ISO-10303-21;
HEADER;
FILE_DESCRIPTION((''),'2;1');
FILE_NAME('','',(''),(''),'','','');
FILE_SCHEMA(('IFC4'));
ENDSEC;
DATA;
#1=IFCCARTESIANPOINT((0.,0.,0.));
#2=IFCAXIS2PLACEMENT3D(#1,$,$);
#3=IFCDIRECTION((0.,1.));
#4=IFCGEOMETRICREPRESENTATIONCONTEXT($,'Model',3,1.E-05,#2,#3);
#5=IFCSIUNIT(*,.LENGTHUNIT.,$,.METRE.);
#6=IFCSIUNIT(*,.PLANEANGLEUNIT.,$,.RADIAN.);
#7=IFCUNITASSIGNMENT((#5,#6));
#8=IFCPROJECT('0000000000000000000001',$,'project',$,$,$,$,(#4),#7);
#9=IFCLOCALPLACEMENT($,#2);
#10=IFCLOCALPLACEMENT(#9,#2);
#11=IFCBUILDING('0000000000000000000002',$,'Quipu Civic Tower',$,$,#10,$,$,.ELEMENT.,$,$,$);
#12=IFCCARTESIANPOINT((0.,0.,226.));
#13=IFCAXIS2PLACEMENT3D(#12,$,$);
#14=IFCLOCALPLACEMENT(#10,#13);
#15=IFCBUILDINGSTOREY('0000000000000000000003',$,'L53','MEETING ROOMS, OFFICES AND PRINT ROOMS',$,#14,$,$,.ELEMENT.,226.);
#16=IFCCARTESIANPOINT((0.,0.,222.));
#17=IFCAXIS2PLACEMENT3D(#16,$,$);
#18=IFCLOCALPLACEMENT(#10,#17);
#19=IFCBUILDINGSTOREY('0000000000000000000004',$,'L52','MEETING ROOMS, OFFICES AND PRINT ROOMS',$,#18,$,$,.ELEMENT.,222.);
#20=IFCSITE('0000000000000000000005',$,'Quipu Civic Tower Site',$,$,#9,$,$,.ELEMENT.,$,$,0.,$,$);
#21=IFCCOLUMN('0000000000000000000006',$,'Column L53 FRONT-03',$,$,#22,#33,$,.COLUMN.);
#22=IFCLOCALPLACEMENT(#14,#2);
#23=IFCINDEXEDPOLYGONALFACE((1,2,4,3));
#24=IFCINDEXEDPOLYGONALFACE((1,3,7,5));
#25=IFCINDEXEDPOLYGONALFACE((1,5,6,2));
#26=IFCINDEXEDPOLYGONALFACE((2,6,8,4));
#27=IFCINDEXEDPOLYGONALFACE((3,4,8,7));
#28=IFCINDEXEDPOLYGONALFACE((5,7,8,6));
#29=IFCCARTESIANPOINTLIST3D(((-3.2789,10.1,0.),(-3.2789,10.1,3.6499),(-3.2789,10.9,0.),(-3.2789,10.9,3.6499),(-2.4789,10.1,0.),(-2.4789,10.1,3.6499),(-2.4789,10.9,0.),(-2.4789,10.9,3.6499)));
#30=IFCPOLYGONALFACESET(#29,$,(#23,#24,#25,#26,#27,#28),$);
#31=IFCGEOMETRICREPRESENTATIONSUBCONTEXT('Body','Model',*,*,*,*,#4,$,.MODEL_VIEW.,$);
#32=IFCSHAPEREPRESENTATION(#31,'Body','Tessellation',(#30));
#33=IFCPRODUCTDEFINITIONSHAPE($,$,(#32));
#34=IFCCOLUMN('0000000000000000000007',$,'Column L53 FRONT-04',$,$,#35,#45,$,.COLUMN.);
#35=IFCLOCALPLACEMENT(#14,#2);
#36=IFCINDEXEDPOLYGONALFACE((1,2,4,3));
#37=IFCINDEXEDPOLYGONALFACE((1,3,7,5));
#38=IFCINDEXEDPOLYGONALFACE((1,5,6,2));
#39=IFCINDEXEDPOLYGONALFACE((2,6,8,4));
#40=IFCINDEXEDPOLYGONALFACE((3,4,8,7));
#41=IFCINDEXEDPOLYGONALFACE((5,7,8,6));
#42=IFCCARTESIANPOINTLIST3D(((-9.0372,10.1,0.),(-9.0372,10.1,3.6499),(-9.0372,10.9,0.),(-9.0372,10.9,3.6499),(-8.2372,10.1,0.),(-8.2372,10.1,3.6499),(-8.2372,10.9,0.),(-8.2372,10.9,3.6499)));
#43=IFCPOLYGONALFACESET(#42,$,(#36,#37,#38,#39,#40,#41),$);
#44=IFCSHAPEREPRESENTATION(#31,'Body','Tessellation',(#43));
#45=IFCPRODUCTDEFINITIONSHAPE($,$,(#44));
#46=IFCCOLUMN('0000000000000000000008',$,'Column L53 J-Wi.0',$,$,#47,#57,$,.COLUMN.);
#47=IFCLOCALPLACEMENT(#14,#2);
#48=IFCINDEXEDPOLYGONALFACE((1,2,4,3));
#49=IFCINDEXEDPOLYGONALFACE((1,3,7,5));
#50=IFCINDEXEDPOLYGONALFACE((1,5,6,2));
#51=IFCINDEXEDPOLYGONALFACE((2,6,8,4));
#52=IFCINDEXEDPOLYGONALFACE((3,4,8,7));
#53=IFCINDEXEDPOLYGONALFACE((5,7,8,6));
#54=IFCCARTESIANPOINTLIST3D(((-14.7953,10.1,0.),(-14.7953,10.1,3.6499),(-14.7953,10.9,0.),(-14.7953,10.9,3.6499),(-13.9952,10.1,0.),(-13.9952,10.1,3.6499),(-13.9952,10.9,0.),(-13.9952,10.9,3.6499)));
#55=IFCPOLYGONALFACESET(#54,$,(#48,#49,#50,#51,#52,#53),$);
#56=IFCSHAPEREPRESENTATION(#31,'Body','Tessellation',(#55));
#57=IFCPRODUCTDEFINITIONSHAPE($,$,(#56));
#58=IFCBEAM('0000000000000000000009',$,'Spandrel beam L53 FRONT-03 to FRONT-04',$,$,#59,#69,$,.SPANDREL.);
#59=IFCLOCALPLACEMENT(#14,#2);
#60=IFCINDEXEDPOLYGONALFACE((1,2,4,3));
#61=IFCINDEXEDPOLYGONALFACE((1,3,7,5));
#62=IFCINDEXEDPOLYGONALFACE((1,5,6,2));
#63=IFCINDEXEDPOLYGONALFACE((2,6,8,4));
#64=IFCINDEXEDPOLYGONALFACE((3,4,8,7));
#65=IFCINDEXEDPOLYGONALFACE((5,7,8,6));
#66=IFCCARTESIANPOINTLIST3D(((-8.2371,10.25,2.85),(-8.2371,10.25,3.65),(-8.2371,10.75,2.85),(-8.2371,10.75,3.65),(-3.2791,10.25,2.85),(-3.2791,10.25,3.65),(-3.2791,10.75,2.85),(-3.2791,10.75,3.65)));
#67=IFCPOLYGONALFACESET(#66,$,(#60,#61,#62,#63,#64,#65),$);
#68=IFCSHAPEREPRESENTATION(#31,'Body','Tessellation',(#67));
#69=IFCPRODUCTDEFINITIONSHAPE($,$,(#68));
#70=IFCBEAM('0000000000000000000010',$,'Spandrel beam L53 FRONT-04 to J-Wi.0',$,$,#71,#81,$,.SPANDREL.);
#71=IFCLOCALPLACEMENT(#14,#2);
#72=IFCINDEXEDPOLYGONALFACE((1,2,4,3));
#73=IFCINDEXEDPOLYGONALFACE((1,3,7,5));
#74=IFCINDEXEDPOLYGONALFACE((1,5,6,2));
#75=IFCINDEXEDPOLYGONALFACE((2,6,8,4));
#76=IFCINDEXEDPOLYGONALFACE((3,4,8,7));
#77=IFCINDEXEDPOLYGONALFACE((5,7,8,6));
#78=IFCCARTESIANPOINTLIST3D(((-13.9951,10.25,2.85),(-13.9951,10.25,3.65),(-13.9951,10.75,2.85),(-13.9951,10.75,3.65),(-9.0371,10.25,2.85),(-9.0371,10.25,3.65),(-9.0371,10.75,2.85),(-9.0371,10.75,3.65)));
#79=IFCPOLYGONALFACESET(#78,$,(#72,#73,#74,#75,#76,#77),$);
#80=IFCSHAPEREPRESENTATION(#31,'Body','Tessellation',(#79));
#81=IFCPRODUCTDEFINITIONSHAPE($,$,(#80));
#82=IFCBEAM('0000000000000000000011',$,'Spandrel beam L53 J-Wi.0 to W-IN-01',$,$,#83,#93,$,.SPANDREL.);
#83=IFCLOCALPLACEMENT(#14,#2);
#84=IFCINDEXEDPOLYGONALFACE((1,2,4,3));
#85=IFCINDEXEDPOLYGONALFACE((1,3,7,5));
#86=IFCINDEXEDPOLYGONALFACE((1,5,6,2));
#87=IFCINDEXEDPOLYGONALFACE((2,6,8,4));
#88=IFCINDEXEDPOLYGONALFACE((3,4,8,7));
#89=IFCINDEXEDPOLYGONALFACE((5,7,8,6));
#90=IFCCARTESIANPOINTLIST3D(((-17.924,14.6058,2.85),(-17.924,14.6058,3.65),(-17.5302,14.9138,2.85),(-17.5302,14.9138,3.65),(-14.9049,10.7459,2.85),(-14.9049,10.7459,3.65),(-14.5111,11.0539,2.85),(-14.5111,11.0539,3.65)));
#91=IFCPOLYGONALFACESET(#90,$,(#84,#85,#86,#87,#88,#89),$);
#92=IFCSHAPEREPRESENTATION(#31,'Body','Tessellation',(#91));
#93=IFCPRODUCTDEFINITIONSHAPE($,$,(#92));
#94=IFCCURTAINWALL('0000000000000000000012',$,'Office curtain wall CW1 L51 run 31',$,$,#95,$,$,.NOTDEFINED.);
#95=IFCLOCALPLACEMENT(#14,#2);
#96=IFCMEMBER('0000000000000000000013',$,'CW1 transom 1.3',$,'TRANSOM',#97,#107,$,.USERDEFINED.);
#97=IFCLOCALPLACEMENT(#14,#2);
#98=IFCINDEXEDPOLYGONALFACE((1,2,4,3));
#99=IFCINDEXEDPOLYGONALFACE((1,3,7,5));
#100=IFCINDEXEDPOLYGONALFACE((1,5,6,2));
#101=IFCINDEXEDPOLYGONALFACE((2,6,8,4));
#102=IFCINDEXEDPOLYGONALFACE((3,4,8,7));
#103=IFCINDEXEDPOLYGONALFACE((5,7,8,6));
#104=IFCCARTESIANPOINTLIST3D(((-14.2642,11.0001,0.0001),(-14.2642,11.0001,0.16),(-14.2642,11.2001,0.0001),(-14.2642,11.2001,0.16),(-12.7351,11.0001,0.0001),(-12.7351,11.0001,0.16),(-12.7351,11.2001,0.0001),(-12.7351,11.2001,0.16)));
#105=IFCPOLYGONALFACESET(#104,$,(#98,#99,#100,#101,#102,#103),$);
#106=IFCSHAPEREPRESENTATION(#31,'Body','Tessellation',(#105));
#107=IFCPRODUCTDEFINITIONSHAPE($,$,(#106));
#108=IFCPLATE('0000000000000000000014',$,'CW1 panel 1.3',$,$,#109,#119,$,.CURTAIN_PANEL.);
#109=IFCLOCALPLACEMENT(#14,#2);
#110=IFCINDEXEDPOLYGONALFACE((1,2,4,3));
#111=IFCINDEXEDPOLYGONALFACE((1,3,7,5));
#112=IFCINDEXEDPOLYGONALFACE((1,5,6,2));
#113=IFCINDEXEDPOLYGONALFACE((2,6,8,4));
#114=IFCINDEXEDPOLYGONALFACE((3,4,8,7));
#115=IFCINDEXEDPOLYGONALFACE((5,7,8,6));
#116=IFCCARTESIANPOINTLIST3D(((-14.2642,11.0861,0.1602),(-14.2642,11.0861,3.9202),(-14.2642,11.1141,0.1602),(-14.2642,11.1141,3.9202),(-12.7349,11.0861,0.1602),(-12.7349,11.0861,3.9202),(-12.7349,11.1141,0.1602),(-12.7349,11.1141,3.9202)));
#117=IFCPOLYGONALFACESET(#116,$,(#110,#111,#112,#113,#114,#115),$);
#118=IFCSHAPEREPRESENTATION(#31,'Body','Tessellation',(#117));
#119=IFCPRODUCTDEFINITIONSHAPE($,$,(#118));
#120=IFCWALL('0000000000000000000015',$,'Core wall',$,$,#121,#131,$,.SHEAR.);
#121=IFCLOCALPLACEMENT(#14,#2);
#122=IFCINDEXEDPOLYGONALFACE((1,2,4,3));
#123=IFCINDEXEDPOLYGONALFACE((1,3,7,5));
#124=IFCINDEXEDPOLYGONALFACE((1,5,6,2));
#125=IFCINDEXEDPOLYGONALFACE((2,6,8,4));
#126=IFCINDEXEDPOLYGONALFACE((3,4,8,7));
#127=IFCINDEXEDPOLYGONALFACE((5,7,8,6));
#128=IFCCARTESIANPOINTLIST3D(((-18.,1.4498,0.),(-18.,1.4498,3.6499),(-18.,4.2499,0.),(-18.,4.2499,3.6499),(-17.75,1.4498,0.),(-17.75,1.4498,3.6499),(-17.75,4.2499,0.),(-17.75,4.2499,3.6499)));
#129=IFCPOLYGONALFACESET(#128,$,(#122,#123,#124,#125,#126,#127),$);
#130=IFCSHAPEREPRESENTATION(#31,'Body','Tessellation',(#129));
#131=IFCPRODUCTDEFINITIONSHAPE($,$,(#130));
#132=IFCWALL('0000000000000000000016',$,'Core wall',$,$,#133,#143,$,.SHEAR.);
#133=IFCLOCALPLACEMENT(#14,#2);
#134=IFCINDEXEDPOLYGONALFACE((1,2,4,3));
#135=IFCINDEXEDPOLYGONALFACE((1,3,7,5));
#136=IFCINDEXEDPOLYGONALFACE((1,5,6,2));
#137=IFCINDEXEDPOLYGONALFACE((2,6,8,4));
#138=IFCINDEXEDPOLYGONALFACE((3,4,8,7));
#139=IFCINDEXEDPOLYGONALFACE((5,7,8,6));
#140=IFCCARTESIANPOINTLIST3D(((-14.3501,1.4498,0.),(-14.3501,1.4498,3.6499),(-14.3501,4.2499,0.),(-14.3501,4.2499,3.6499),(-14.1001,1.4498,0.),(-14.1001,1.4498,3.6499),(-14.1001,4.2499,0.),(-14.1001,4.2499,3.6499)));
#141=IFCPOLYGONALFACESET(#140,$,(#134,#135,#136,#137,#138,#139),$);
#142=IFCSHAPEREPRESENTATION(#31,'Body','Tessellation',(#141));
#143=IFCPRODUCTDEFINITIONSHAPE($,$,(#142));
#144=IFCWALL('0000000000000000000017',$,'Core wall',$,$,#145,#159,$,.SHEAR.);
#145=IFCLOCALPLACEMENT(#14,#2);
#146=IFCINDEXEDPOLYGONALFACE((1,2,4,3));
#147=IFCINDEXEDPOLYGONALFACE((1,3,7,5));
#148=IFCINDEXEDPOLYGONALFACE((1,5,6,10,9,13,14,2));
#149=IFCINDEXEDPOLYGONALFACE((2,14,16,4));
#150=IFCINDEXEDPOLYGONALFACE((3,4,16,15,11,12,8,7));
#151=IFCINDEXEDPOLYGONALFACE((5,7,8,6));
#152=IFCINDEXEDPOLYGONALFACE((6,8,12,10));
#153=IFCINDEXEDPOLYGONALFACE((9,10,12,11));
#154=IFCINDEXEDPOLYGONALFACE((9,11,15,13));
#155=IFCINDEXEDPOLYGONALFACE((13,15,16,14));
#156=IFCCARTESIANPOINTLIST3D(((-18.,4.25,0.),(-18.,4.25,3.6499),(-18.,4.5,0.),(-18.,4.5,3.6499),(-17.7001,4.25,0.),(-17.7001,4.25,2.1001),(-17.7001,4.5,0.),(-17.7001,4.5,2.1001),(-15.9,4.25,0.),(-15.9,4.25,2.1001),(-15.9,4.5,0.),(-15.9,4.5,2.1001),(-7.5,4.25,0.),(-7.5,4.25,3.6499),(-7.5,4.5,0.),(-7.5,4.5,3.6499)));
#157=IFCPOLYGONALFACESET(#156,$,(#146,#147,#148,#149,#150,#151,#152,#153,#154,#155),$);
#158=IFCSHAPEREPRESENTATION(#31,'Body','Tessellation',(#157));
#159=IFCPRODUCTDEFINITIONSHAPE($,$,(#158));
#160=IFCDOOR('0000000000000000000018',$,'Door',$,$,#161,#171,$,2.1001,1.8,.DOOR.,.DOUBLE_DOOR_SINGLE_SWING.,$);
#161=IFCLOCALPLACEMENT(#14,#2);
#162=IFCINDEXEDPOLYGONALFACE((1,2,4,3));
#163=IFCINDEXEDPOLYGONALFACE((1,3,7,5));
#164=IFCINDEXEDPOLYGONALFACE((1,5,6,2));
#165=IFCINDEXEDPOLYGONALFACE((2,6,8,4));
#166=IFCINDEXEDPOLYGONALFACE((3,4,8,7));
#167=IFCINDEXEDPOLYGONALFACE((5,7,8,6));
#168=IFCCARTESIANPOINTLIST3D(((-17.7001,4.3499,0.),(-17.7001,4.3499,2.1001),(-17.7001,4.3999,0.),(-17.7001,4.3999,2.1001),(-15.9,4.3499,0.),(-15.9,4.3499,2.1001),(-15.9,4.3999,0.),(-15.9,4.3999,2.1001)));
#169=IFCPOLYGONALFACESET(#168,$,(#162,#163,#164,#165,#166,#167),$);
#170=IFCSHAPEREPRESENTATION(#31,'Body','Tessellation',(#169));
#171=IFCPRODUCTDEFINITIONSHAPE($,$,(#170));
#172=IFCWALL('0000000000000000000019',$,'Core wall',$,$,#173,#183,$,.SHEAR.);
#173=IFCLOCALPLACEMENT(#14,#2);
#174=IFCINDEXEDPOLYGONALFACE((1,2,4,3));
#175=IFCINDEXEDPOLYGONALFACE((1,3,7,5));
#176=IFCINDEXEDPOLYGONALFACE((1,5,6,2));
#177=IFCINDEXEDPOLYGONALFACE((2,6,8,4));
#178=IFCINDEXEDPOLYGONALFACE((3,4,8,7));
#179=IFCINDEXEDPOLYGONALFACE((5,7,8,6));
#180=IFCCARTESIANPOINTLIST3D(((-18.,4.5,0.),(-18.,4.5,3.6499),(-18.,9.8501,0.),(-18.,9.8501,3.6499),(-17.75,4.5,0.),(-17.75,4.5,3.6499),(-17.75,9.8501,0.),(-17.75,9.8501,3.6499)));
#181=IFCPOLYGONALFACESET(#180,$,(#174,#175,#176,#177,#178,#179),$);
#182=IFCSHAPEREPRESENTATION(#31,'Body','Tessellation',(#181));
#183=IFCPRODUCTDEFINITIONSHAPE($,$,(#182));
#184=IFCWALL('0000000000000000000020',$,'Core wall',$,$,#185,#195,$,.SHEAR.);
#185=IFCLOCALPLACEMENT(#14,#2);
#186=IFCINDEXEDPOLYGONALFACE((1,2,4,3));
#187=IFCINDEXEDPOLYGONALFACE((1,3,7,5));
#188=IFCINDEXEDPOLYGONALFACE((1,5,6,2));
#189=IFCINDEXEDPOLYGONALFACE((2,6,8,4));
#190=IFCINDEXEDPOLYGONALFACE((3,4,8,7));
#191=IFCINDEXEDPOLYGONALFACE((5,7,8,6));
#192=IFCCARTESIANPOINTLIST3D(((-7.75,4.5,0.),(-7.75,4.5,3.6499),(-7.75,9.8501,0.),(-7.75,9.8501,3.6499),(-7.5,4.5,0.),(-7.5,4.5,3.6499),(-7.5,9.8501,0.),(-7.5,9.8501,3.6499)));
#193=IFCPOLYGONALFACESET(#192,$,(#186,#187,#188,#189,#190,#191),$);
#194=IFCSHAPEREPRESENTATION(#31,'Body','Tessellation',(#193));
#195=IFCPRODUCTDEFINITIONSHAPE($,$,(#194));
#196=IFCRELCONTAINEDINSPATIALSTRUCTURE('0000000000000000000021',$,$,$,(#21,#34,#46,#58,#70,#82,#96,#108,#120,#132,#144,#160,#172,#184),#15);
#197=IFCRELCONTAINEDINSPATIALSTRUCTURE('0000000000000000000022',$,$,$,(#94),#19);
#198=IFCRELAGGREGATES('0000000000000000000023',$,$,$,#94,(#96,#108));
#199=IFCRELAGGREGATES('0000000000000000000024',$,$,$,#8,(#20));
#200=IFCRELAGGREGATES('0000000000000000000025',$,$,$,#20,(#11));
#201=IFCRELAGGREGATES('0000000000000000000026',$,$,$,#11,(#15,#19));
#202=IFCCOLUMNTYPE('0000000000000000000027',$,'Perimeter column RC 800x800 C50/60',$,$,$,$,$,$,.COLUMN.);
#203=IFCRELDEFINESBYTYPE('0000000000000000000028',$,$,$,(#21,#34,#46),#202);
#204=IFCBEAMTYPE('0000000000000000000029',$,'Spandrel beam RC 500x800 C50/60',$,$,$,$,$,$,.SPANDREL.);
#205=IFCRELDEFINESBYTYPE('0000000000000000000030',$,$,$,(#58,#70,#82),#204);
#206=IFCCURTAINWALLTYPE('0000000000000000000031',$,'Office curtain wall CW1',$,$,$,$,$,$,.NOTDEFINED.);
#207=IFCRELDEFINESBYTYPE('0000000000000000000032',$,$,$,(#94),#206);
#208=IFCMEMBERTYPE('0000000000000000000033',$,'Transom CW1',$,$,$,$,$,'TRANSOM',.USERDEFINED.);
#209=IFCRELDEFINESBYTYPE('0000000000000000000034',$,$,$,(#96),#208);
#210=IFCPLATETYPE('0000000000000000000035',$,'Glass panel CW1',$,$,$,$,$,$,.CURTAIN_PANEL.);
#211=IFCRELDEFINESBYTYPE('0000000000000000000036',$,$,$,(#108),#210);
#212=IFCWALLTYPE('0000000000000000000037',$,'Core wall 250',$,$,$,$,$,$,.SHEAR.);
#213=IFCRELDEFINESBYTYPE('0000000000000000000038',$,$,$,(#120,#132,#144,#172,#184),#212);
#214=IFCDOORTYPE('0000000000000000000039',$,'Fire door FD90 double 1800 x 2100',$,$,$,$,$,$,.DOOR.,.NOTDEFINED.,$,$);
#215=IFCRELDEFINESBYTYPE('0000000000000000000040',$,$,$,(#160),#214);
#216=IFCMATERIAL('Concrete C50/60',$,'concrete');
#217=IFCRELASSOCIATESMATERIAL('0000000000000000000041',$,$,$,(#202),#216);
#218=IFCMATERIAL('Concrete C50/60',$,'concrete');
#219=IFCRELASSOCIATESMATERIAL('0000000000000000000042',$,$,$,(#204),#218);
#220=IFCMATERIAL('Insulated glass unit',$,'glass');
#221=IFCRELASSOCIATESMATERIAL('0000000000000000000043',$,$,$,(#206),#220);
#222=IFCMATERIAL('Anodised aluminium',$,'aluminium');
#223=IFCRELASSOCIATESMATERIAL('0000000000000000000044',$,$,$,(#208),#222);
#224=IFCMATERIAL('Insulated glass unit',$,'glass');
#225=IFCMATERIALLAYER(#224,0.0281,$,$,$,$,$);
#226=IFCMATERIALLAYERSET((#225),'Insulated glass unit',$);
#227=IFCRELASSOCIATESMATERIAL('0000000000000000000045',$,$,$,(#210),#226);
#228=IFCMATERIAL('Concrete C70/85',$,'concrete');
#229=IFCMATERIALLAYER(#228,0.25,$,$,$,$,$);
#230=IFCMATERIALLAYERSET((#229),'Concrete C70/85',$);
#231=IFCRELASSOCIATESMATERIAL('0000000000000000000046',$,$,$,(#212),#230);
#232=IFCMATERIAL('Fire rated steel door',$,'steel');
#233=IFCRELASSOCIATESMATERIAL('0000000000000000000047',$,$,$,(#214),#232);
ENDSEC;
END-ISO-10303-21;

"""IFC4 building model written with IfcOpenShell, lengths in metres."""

from ifc_helpers import new_model, si_unit, direction, frame, frame_2d, origin, origin_2d, place, context, subcontext, project, spatial, rectangle, extrude, material, layer, layer_set, material_profile, profile_set, type_object, element, fill, aggregate, save


model = new_model("IFC4")

# Units and contexts
model_context = context("Model", 3, precision=1e-05, world=origin(), true_north=direction((0.0, 1.0)))
body_context = subcontext(model_context, "Body", "Model", "MODEL_VIEW")
ifc_project = project(units=[si_unit("LENGTHUNIT", "METRE"), si_unit("PLANEANGLEUNIT", "RADIAN")], contexts=[model_context])

# Site, building, storey
site_placement = place(None, origin())
site = spatial("IfcSite", under=ifc_project, at=site_placement, Name="Quipu Civic Tower Site", CompositionType="ELEMENT", RefElevation=0.0)
building_placement = place(site_placement, origin())
building = spatial("IfcBuilding", under=site, at=building_placement, Name="Quipu Civic Tower", CompositionType="ELEMENT")
storey_1_placement = place(building_placement, frame((0.0, 0.0, 226.0)))
storey_1 = spatial("IfcBuildingStorey", under=building, at=storey_1_placement, Name="L53", Description="MEETING ROOMS, OFFICES AND PRINT ROOMS", CompositionType="ELEMENT", Elevation=226.0)

# Columns
ifc_material_1 = material(Name="Concrete C50/60", Category="concrete")
ifc_material_profile_1 = material_profile(ifc_material_1, rectangle(XDim=0.8, YDim=0.8, at=origin_2d()), Name="RC800x800")
ifc_profile_set_1 = profile_set([ifc_material_profile_1], Name="Concrete C50/60")
column_type = type_object("IfcColumnType", Name="Perimeter column RC 800x800 C50/60", PredefinedType="COLUMN", material=ifc_profile_set_1)
for number, where, z_axis, x_axis, name in (
    (1, (-2.8789, 10.5, 0.0), (0.0, 0.0, 1.0), (-1.0, 0.0, 0.0), "Column L53 FRONT-03"),
    (2, (-8.6372, 10.5, 0.0), (0.0, 0.0, 1.0), (-1.0, 0.0, 0.0), "Column L53 FRONT-04"),
    (3, (-14.3953, 10.5, 0.0), (0.0, 0.0, 1.0), (-1.0, 0.0, 0.0), "Column L53 J-Wi.0"),
):
    element("IfcColumn", number, at=place(storey_1_placement, frame(where, z_axis=z_axis, x_axis=x_axis)), inside=storey_1, type_object=column_type, Name=name, PredefinedType="COLUMN", context=body_context, shape_type="SweptSolid", body=[
        extrude(rectangle(XDim=0.8, YDim=0.8, at=origin_2d()), origin(), (0.0, 0.0, 1.0), 3.6499),
    ])

# Beams
ifc_material_2 = material(Name="Concrete C50/60", Category="concrete")
ifc_material_profile_2 = material_profile(ifc_material_2, rectangle(XDim=0.5, YDim=0.8, at=origin_2d()), Name="RC500x800")
ifc_profile_set_2 = profile_set([ifc_material_profile_2], Name="Concrete C50/60")
beam_type = type_object("IfcBeamType", Name="Spandrel beam RC 500x800 C50/60", PredefinedType="SPANDREL", material=ifc_profile_set_2)
for number, where, z_axis, x_axis, name in (
    (4, (-3.2791, 10.5, 3.25), (-1.0, 0.0, 0.0), (0.0, -1.0, 0.0), "Spandrel beam L53 FRONT-03 to FRONT-04"),
    (5, (-9.0371, 10.5, 3.25), (-1.0, 0.0, 0.0), (0.0, -1.0, 0.0), "Spandrel beam L53 FRONT-04 to J-Wi.0"),
):
    element("IfcBeam", number, at=place(storey_1_placement, frame(where, z_axis=z_axis, x_axis=x_axis)), inside=storey_1, type_object=beam_type, Name=name, PredefinedType="SPANDREL", context=body_context, shape_type="SweptSolid", body=[
        extrude(rectangle(XDim=0.5, YDim=0.8, at=origin_2d()), origin(), (0.0, 0.0, 1.0), 4.958),
    ])
beam_placement = place(storey_1_placement, frame((-14.708, 10.8999, 3.25), z_axis=(-0.616091, 0.787675, 0.0), x_axis=(-0.787675, -0.616091, 0.0)))
element("IfcBeam", 6, at=beam_placement, inside=storey_1, type_object=beam_type, Name="Spandrel beam L53 J-Wi.0 to W-IN-01", PredefinedType="SPANDREL", context=body_context, shape_type="SweptSolid", body=[
    extrude(rectangle(XDim=0.5, YDim=0.8, at=origin_2d()), origin(), (0.0, 0.0, 1.0), 4.9004),
])

# Shared definitions
storey_2_placement = place(building_placement, frame((0.0, 0.0, 222.0)))
storey_2 = spatial("IfcBuildingStorey", under=building, at=storey_2_placement, Name="L52", Description="MEETING ROOMS, OFFICES AND PRINT ROOMS", CompositionType="ELEMENT", Elevation=222.0)

# Curtain wall, member, plate
ifc_material_3 = material(Name="Insulated glass unit", Category="glass")
curtain_wall_type = type_object("IfcCurtainWallType", Name="Office curtain wall CW1", PredefinedType="NOTDEFINED", material=ifc_material_3)
curtain_wall_placement = place(storey_2_placement, origin())
curtain_wall = element("IfcCurtainWall", 7, at=curtain_wall_placement, inside=storey_2, type_object=curtain_wall_type, Name="Office curtain wall CW1 L51 run 31", PredefinedType="NOTDEFINED")
ifc_material_4 = material(Name="Anodised aluminium", Category="aluminium")
ifc_material_profile_3 = material_profile(ifc_material_4, rectangle(XDim=0.2, YDim=0.1599, at=origin_2d()), Name="RECT 200x160")
ifc_profile_set_3 = profile_set([ifc_material_profile_3], Name="Anodised aluminium")
member_type = type_object("IfcMemberType", Name="Transom CW1", ElementType="TRANSOM", PredefinedType="USERDEFINED", material=ifc_profile_set_3)
member_placement = place(storey_1_placement, frame((-12.7351, 11.1001, 0.0801), z_axis=(-1.0, 0.0, 0.0), x_axis=(0.0, -1.0, 0.0)))
member = element("IfcMember", 8, at=member_placement, inside=storey_1, type_object=member_type, Name="CW1 transom 1.3", ObjectType="TRANSOM", PredefinedType="USERDEFINED", context=body_context, shape_type="SweptSolid", body=[
    extrude(rectangle(XDim=0.2, YDim=0.1599, at=origin_2d()), origin(), (0.0, 0.0, 1.0), 1.5291),
])
ifc_material_5 = material(Name="Insulated glass unit", Category="glass")
ifc_layer_1 = layer(ifc_material_5, 0.0281)
ifc_layer_set_1 = layer_set([ifc_layer_1], Name="Insulated glass unit")
plate_type = type_object("IfcPlateType", Name="Glass panel CW1", PredefinedType="CURTAIN_PANEL", material=ifc_layer_set_1)
plate_placement = place(storey_1_placement, frame((-13.4995, 11.1001, 0.1602), z_axis=(0.0, 0.0, 1.0), x_axis=(-1.0, 0.0, 0.0)))
plate = element("IfcPlate", 9, at=plate_placement, inside=storey_1, type_object=plate_type, Name="CW1 panel 1.3", PredefinedType="CURTAIN_PANEL", context=body_context, shape_type="SweptSolid", body=[
    extrude(rectangle(XDim=1.5293, YDim=0.0281, at=origin_2d()), origin(), (0.0, 0.0, 1.0), 3.76),
])
aggregate(curtain_wall, [member, plate])

# Walls
ifc_material_6 = material(Name="Concrete C70/85", Category="concrete")
ifc_layer_2 = layer(ifc_material_6, 0.25)
ifc_layer_set_2 = layer_set([ifc_layer_2], Name="Concrete C70/85")
wall_type_1 = type_object("IfcWallType", Name="Core wall 250", PredefinedType="SHEAR", material=ifc_layer_set_2)
for number, where, z_axis, x_axis, name in (
    (10, (-17.875, 1.45, 0.0), (0.0, 0.0, 1.0), (0.0, 1.0, 0.0), "Core wall"),
    (11, (-14.2251, 1.45, 0.0), (0.0, 0.0, 1.0), (0.0, 1.0, 0.0), "Core wall"),
):
    element("IfcWall", number, at=place(storey_1_placement, frame(where, z_axis=z_axis, x_axis=x_axis)), inside=storey_1, type_object=wall_type_1, Name=name, PredefinedType="SHEAR", context=body_context, shape_type="SweptSolid", body=[
        extrude(rectangle(XDim=2.8, YDim=0.25, at=frame_2d((1.3999, 0.0))), origin(), (0.0, 0.0, 1.0), 3.6499),
    ])

# Wall, opening, door
wall_1_placement = place(storey_1_placement, frame((-18.0, 4.375, 0.0), z_axis=(0.0, 0.0, 1.0), x_axis=(1.0, 0.0, 0.0)))
wall_1 = element("IfcWall", 12, at=wall_1_placement, inside=storey_1, type_object=wall_type_1, Name="Core wall", PredefinedType="SHEAR", context=body_context, shape_type="SweptSolid", body=[
    extrude(rectangle(XDim=10.5, YDim=0.25, at=frame_2d((5.25, 0.0))), origin(), (0.0, 0.0, 1.0), 3.6499),
])
opening_1_placement = place(wall_1_placement, frame((0.3, 0.0, 0.0)))
opening_1 = element("IfcOpeningElement", 13, at=opening_1_placement, cuts=wall_1, PredefinedType="OPENING", context=body_context, shape_type="SweptSolid", body=[
    extrude(rectangle(XDim=1.8, YDim=2.1001, at=frame_2d((0.8999, 1.05))), frame((0.0, 0.135, 0.0), z_axis=(0.0, -1.0, 0.0), x_axis=(1.0, 0.0, 0.0)), (0.0, 0.0, 1.0), 0.27),
])
ifc_material_7 = material(Name="Fire rated steel door", Category="steel")
door_type_1 = type_object("IfcDoorType", Name="Fire door FD90 double 1800 x 2100", OperationType="NOTDEFINED", PredefinedType="DOOR", material=ifc_material_7)
door_1_placement = place(opening_1_placement, origin())
door_1 = element("IfcDoor", 14, at=door_1_placement, inside=storey_1, type_object=door_type_1, Name="Door", OperationType="DOUBLE_DOOR_SINGLE_SWING", OverallHeight=2.1001, OverallWidth=1.8, PredefinedType="DOOR", context=body_context, shape_type="SweptSolid", body=[
    extrude(rectangle(XDim=1.8, YDim=2.1001, at=frame_2d((0.8999, 1.05))), frame((0.0, 0.0249, 0.0), z_axis=(0.0, -1.0, 0.0), x_axis=(1.0, 0.0, 0.0)), (0.0, 0.0, 1.0), 0.05),
])
fill(opening_1, door_1)

# Walls
for number, where, z_axis, x_axis, name in (
    (15, (-17.875, 4.5, 0.0), (0.0, 0.0, 1.0), (0.0, 1.0, 0.0), "Core wall"),
    (16, (-7.625, 4.5, 0.0), (0.0, 0.0, 1.0), (0.0, 1.0, 0.0), "Core wall"),
):
    element("IfcWall", number, at=place(storey_1_placement, frame(where, z_axis=z_axis, x_axis=x_axis)), inside=storey_1, type_object=wall_type_1, Name=name, PredefinedType="SHEAR", context=body_context, shape_type="SweptSolid", body=[
        extrude(rectangle(XDim=5.3501, YDim=0.25, at=frame_2d((2.675, 0.0))), origin(), (0.0, 0.0, 1.0), 3.6499),
    ])

save(model, "model.ifc")
